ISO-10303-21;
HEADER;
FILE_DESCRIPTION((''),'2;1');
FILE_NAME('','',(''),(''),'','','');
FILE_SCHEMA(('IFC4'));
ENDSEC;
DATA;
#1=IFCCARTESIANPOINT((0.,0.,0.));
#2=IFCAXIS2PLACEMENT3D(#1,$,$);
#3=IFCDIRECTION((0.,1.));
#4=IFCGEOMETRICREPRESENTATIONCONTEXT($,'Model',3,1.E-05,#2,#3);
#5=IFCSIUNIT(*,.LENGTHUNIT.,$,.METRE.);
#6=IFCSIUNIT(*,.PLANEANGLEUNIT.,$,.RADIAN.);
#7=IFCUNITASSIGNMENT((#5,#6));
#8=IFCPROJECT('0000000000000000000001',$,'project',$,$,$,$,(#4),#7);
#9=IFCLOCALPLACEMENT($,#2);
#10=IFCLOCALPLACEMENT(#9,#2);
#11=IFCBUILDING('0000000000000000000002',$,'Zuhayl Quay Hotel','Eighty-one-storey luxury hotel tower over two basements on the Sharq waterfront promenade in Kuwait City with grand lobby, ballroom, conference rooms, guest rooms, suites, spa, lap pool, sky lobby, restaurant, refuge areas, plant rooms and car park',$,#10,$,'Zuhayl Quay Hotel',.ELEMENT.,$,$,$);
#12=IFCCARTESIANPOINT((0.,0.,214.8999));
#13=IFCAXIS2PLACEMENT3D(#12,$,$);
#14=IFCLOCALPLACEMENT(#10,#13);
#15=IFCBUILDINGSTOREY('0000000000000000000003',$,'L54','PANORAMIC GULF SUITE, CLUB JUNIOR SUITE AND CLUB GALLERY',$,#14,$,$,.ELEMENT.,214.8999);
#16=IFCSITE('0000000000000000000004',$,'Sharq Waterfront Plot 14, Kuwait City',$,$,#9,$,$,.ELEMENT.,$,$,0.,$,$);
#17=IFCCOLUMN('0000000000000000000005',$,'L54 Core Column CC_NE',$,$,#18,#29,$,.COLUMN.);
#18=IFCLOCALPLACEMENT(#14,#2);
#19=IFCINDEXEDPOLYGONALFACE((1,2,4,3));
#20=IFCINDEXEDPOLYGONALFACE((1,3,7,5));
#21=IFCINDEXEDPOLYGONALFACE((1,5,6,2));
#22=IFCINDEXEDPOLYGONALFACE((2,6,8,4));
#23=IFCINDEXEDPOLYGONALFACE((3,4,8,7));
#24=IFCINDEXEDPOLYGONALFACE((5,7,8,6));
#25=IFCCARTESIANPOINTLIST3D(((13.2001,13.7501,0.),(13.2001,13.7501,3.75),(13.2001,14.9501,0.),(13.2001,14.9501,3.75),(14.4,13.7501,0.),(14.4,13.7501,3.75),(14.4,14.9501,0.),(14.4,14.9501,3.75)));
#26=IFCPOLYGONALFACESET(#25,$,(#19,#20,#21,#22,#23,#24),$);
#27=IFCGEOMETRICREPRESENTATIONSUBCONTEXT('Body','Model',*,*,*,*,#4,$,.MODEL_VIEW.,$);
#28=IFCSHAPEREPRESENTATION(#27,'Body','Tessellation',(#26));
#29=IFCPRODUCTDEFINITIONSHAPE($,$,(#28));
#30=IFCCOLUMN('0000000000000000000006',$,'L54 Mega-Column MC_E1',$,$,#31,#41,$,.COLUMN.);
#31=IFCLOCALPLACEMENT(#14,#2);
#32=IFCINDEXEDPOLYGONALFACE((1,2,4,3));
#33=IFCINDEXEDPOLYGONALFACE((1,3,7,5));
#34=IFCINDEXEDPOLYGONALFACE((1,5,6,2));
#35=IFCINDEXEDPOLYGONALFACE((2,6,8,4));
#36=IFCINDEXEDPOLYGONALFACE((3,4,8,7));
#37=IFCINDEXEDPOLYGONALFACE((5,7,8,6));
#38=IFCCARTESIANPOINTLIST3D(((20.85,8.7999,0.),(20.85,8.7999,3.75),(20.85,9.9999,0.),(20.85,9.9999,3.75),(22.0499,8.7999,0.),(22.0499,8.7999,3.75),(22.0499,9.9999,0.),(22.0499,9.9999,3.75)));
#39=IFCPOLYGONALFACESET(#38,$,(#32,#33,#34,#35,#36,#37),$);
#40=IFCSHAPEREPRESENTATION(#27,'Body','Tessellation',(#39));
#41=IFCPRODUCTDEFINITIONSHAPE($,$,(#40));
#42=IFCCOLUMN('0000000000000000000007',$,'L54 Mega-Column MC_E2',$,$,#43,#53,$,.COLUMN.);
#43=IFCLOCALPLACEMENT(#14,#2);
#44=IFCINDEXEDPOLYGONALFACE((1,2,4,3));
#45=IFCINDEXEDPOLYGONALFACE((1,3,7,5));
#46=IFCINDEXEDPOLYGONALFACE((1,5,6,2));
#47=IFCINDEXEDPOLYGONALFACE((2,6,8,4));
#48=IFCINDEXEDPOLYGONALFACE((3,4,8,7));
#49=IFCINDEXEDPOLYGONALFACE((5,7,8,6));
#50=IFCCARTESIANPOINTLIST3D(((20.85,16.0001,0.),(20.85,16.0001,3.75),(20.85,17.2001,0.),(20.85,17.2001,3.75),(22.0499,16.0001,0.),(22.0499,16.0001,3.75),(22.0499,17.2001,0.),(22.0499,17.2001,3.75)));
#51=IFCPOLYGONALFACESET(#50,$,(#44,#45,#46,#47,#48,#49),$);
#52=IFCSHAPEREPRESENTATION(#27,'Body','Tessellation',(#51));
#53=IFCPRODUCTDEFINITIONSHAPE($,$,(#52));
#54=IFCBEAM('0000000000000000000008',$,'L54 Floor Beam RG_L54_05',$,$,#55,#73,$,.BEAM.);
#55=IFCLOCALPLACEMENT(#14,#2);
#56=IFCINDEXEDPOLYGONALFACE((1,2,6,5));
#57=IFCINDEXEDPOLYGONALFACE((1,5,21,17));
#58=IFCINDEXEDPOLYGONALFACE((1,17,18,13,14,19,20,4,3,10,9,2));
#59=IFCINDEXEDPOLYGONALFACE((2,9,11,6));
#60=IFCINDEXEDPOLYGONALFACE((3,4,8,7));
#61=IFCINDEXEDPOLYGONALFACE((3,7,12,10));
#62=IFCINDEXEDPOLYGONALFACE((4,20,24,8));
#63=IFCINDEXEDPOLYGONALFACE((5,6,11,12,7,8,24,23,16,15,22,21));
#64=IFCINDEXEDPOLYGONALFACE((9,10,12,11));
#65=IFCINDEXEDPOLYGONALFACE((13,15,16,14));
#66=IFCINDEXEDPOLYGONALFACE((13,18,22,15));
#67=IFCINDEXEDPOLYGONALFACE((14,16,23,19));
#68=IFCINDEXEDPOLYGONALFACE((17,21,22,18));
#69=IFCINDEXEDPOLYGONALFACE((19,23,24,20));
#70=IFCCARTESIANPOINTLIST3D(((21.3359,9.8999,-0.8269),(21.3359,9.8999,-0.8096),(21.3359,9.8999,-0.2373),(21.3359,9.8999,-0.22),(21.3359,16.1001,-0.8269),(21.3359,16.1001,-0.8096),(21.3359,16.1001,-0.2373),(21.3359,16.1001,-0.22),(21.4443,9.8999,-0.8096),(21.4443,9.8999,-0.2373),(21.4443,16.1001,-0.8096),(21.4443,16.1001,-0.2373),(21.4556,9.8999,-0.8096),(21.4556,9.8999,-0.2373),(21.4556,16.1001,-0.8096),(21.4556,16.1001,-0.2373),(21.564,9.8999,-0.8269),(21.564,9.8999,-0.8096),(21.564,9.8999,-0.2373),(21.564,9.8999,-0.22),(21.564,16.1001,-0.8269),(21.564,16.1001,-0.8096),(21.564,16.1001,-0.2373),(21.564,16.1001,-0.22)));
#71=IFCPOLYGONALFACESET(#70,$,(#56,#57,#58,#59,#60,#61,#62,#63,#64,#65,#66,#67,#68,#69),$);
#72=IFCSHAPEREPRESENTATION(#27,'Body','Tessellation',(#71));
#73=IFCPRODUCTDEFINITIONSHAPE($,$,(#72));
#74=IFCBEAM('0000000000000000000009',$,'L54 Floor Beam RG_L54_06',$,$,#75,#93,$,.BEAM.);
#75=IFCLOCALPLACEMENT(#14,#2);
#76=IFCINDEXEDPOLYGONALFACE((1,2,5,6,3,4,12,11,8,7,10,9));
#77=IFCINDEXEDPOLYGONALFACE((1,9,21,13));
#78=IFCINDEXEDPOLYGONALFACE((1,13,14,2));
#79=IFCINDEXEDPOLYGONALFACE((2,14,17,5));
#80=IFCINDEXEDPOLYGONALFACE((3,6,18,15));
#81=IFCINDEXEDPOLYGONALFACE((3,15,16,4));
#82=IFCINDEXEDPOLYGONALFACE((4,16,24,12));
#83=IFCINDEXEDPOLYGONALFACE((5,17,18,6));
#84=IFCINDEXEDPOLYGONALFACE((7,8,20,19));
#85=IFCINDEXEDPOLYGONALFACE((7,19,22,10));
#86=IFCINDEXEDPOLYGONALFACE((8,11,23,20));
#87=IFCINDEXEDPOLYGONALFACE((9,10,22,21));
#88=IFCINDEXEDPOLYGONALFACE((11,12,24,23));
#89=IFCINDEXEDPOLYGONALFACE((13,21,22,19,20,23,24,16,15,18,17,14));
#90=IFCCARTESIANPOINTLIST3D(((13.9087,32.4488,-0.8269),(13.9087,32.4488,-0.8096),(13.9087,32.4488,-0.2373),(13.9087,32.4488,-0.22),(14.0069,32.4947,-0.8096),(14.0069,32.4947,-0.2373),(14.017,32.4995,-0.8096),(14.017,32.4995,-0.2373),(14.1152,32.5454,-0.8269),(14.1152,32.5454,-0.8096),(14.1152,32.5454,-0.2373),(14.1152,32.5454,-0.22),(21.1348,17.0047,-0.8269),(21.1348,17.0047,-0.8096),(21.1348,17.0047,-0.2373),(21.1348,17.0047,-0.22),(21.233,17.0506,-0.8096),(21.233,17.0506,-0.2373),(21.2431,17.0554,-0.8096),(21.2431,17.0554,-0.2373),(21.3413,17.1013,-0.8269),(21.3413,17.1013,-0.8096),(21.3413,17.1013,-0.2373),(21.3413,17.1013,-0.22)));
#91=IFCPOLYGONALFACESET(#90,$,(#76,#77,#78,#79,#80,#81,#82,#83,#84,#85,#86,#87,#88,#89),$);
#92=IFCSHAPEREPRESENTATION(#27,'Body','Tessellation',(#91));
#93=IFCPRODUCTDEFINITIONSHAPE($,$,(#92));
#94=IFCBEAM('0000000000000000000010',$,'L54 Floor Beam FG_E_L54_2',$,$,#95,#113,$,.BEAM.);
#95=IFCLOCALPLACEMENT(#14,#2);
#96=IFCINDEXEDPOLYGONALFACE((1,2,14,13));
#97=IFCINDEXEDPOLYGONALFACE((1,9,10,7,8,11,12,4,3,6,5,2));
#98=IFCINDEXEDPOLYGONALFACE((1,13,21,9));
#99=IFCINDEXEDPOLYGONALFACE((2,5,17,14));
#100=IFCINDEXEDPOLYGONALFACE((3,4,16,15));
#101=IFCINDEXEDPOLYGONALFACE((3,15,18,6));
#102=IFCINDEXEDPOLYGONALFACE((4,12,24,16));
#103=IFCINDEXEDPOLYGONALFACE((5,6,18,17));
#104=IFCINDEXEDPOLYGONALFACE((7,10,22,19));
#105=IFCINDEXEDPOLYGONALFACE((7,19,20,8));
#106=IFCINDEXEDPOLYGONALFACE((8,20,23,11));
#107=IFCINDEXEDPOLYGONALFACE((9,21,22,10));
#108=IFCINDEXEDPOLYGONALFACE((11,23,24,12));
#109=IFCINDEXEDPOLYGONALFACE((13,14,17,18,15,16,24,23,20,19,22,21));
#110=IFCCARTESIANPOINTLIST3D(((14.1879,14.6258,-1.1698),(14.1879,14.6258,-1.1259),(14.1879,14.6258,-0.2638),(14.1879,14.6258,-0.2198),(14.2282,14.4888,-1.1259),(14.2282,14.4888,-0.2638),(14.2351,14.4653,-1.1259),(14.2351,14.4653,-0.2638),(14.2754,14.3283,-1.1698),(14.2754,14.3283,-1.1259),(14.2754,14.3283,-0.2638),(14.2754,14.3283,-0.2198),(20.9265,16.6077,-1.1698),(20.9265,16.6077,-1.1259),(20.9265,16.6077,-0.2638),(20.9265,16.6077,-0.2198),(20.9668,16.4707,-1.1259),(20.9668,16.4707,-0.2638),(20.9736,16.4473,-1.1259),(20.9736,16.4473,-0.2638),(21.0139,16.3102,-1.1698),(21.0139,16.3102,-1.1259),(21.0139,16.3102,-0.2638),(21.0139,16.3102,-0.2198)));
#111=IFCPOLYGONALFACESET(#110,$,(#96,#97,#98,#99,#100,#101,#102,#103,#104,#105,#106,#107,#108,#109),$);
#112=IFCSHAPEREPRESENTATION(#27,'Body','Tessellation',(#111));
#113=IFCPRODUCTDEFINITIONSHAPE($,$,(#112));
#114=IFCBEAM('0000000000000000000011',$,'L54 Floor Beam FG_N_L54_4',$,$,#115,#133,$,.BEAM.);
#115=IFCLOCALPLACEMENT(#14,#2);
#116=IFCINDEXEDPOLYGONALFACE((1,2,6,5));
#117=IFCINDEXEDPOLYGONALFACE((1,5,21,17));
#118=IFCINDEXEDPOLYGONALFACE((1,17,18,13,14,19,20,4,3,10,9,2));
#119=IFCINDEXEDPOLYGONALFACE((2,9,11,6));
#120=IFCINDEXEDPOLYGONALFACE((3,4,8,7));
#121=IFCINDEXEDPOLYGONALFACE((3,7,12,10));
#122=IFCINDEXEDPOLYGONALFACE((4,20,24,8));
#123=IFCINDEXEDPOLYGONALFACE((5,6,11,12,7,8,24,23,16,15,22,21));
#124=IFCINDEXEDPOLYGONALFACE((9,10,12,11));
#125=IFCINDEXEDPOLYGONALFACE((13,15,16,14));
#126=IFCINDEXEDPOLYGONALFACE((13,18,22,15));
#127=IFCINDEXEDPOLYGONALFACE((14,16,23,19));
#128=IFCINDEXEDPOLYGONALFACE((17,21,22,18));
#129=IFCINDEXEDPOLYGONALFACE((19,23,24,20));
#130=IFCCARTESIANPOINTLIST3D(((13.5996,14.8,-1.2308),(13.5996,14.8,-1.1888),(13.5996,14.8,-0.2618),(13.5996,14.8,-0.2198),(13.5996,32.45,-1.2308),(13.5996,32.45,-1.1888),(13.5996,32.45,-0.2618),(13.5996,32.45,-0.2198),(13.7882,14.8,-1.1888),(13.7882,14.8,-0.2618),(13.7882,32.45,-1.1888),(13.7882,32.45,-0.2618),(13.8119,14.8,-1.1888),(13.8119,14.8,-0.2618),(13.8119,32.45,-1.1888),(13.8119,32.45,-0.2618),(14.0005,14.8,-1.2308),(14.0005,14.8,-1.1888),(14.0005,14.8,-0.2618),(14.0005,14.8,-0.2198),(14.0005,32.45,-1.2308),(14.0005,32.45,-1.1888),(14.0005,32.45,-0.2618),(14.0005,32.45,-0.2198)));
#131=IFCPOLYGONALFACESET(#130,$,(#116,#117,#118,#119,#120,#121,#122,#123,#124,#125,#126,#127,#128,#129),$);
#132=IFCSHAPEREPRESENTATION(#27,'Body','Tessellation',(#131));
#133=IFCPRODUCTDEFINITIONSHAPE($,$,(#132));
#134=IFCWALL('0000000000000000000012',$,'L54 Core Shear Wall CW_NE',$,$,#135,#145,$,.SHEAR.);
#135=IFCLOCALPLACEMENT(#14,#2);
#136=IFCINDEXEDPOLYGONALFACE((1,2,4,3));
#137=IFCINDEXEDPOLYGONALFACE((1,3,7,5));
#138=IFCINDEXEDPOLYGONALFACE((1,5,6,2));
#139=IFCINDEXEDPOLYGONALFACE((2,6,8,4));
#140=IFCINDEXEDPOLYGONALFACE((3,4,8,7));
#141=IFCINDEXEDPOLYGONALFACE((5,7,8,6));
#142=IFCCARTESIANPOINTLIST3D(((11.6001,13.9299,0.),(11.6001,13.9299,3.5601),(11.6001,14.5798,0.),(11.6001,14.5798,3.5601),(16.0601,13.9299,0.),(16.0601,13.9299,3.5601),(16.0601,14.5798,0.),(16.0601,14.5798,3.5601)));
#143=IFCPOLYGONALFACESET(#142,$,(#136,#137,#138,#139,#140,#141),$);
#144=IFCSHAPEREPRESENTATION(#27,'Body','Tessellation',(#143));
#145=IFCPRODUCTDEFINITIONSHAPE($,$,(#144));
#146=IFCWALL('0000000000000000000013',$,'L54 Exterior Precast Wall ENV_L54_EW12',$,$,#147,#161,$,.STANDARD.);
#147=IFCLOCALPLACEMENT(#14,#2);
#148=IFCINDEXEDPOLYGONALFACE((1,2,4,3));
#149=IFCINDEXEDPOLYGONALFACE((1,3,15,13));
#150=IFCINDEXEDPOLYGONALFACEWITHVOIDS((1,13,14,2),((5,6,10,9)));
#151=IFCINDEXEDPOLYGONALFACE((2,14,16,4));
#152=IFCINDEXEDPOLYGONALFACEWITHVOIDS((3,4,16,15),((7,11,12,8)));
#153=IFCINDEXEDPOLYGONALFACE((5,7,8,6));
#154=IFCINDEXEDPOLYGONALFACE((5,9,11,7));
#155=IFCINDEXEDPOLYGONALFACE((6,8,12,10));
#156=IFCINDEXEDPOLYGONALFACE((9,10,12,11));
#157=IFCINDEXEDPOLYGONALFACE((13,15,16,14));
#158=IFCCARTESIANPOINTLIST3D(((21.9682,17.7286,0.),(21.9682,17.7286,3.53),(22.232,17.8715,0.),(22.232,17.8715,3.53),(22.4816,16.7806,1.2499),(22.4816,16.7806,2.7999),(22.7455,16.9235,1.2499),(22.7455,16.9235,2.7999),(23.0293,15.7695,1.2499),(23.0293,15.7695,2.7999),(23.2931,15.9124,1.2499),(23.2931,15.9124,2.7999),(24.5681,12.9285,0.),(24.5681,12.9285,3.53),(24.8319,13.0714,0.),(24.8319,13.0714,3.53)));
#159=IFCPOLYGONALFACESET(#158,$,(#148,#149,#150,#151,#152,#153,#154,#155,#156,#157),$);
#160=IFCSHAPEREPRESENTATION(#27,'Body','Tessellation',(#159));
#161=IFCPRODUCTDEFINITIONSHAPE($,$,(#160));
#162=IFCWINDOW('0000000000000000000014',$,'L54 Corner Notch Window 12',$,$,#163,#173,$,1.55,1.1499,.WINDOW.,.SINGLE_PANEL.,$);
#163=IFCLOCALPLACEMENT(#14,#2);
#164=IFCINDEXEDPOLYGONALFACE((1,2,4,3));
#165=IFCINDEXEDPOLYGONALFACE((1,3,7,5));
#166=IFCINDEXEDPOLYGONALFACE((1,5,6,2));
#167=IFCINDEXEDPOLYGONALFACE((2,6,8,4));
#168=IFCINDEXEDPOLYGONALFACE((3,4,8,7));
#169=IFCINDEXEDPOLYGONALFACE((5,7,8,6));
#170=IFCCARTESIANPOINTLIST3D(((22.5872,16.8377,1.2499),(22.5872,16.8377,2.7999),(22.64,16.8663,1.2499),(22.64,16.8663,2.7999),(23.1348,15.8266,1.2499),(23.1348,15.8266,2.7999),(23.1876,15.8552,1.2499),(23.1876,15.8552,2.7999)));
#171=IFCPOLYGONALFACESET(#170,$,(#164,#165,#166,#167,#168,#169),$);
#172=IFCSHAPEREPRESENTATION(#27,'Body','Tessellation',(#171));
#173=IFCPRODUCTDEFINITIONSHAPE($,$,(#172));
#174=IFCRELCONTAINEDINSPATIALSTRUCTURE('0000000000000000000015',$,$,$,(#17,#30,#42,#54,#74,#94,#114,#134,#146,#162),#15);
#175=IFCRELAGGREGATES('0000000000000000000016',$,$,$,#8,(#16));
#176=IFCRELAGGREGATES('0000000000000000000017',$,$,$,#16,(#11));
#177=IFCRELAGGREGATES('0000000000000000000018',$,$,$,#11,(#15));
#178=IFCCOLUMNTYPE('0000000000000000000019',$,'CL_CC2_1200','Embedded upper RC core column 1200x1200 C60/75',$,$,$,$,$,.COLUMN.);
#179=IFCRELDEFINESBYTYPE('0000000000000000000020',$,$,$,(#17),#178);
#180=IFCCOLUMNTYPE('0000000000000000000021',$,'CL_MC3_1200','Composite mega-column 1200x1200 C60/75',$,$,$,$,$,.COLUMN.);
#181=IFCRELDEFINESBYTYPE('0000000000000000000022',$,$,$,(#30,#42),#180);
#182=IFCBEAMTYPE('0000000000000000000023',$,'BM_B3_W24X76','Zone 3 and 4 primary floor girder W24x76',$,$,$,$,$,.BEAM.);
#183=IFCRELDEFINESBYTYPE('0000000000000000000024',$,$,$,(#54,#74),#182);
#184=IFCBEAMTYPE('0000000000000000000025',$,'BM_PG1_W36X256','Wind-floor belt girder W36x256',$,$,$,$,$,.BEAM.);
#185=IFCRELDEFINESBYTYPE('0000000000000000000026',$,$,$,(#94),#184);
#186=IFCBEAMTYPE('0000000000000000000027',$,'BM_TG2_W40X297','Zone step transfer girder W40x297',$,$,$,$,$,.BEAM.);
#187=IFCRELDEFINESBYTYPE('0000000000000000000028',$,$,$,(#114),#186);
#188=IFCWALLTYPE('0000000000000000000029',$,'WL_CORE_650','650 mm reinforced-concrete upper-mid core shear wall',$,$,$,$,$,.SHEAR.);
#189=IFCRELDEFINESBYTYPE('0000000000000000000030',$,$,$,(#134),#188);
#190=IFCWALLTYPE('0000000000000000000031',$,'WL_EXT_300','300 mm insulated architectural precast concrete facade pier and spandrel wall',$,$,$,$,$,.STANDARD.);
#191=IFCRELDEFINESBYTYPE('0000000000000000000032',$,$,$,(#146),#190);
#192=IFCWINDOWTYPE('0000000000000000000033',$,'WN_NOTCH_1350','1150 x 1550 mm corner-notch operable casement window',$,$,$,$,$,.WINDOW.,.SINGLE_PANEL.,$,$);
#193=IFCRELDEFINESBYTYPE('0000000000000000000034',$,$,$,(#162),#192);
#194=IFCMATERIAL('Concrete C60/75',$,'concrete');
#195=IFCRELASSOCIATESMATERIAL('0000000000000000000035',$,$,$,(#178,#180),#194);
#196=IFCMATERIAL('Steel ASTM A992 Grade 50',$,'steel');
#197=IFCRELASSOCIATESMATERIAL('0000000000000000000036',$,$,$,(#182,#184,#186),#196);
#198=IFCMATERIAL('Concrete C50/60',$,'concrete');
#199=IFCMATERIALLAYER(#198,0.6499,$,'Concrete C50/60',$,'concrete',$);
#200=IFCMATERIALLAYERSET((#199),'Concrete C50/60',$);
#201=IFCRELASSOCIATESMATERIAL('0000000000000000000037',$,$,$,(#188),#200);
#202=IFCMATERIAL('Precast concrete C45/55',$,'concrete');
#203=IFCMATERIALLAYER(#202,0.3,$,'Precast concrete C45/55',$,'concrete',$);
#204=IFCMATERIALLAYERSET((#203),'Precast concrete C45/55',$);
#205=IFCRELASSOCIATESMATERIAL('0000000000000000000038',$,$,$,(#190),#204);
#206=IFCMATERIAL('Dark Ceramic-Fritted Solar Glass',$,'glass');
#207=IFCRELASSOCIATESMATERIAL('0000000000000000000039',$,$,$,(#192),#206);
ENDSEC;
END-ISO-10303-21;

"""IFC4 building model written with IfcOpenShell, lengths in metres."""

from ifc_helpers import new_model, si_unit, direction, frame, frame_2d, origin, origin_2d, place, context, subcontext, project, spatial, rectangle, i_section, extrude, material, layer, layer_set, material_profile, profile_set, type_object, element, fill, save


model = new_model("IFC4")

# Units and contexts
model_context = context("Model", 3, precision=1e-05, world=origin(), true_north=direction((0.0, 1.0)))
body_context = subcontext(model_context, "Body", "Model", "MODEL_VIEW")
ifc_project = project(units=[si_unit("LENGTHUNIT", "METRE"), si_unit("PLANEANGLEUNIT", "RADIAN")], contexts=[model_context])

# Site, building, storey
site_placement = place(None, origin())
site = spatial("IfcSite", under=ifc_project, at=site_placement, Name="Sharq Waterfront Plot 14, Kuwait City", CompositionType="ELEMENT", RefElevation=0.0)
building_placement = place(site_placement, origin())
building = spatial("IfcBuilding", under=site, at=building_placement, Name="Zuhayl Quay Hotel", Description="Eighty-one-storey luxury hotel tower over two basements on the Sharq waterfront promenade in Kuwait City with grand lobby, ballroom, conference rooms, guest rooms, suites, spa, lap pool, sky lobby, restaurant, refuge areas, plant rooms and car park", LongName="Zuhayl Quay Hotel", CompositionType="ELEMENT")
storey_placement = place(building_placement, frame((0.0, 0.0, 214.8999)))
storey = spatial("IfcBuildingStorey", under=building, at=storey_placement, Name="L54", Description="PANORAMIC GULF SUITE, CLUB JUNIOR SUITE AND CLUB GALLERY", CompositionType="ELEMENT", Elevation=214.8999)

# Columns
ifc_material_1 = material(Name="Concrete C60/75", Category="concrete")
ifc_material_profile_1 = material_profile(ifc_material_1, rectangle(XDim=1.2, YDim=1.2, at=origin_2d()), Name="RC1200X1200")
ifc_profile_set_1 = profile_set([ifc_material_profile_1], Name="Concrete C60/75")
column_type_1 = type_object("IfcColumnType", Name="CL_CC2_1200", Description="Embedded upper RC core column 1200x1200 C60/75", PredefinedType="COLUMN", material=ifc_profile_set_1)
column_placement = place(storey_placement, frame((13.8, 14.3501, 0.0), z_axis=(0.0, 0.0, 1.0), x_axis=(1.0, 0.0, 0.0)))
element("IfcColumn", 1, at=column_placement, inside=storey, type_object=column_type_1, Name="L54 Core Column CC_NE", PredefinedType="COLUMN", context=body_context, shape_type="SweptSolid", body=[
    extrude(rectangle(XDim=1.2, YDim=1.2, at=origin_2d()), origin(), (0.0, 0.0, 1.0), 3.75),
])
ifc_material_profile_2 = material_profile(ifc_material_1, rectangle(XDim=1.2, YDim=1.2, at=origin_2d()), Name="RC1200X1200")
ifc_profile_set_2 = profile_set([ifc_material_profile_2], Name="Concrete C60/75")
column_type_2 = type_object("IfcColumnType", Name="CL_MC3_1200", Description="Composite mega-column 1200x1200 C60/75", PredefinedType="COLUMN", material=ifc_profile_set_2)
for number, where, z_axis, x_axis, name in (
    (2, (21.45, 9.3999, 0.0), (0.0, 0.0, 1.0), (1.0, 0.0, 0.0), "L54 Mega-Column MC_E1"),
    (3, (21.45, 16.6001, 0.0), (0.0, 0.0, 1.0), (1.0, 0.0, 0.0), "L54 Mega-Column MC_E2"),
):
    element("IfcColumn", number, at=place(storey_placement, frame(where, z_axis=z_axis, x_axis=x_axis)), inside=storey, type_object=column_type_2, Name=name, PredefinedType="COLUMN", context=body_context, shape_type="SweptSolid", body=[
        extrude(rectangle(XDim=1.2, YDim=1.2, at=origin_2d()), origin(), (0.0, 0.0, 1.0), 3.75),
    ])

# Beams
ifc_material_2 = material(Name="Steel ASTM A992 Grade 50", Category="steel")
ifc_material_profile_3 = material_profile(ifc_material_2, i_section(OverallWidth=0.228, OverallDepth=0.6069, WebThickness=0.0112, FlangeThickness=0.0173, at=origin_2d()), Name="W24X76")
ifc_profile_set_3 = profile_set([ifc_material_profile_3], Name="Steel ASTM A992 Grade 50")
beam_type_1 = type_object("IfcBeamType", Name="BM_B3_W24X76", Description="Zone 3 and 4 primary floor girder W24x76", PredefinedType="BEAM", material=ifc_profile_set_3)
beam_1_placement = place(storey_placement, frame((21.45, 9.8999, -0.5234), z_axis=(0.0, 1.0, 0.0), x_axis=(-1.0, 0.0, 0.0)))
element("IfcBeam", 4, at=beam_1_placement, inside=storey, type_object=beam_type_1, Name="L54 Floor Beam RG_L54_05", PredefinedType="BEAM", context=body_context, shape_type="SweptSolid", body=[
    extrude(i_section(OverallWidth=0.228, OverallDepth=0.6069, WebThickness=0.0112, FlangeThickness=0.0173, at=origin_2d()), origin(), (0.0, 0.0, 1.0), 6.2002),
])
beam_2_placement = place(storey_placement, frame((21.238, 17.053, -0.5234), z_axis=(-0.423792, 0.905759, 0.0), x_axis=(-0.905759, -0.423792, 0.0)))
element("IfcBeam", 5, at=beam_2_placement, inside=storey, type_object=beam_type_1, Name="L54 Floor Beam RG_L54_06", PredefinedType="BEAM", context=body_context, shape_type="SweptSolid", body=[
    extrude(i_section(OverallWidth=0.228, OverallDepth=0.6069, WebThickness=0.0112, FlangeThickness=0.0173, at=origin_2d()), origin(), (0.0, 0.0, 1.0), 17.051),
])
ifc_material_profile_4 = material_profile(ifc_material_2, i_section(OverallWidth=0.3101, OverallDepth=0.95, WebThickness=0.0244, FlangeThickness=0.0439, at=origin_2d()), Name="W36X256")
ifc_profile_set_4 = profile_set([ifc_material_profile_4], Name="Steel ASTM A992 Grade 50")
beam_type_2 = type_object("IfcBeamType", Name="BM_PG1_W36X256", Description="Wind-floor belt girder W36x256", PredefinedType="BEAM", material=ifc_profile_set_4)
beam_3_placement = place(storey_placement, frame((14.2317, 14.4771, -0.6948), z_axis=(0.959365, 0.282168, 0.0), x_axis=(-0.282168, 0.959365, 0.0)))
element("IfcBeam", 6, at=beam_3_placement, inside=storey, type_object=beam_type_2, Name="L54 Floor Beam FG_E_L54_2", PredefinedType="BEAM", context=body_context, shape_type="SweptSolid", body=[
    extrude(i_section(OverallWidth=0.3101, OverallDepth=0.95, WebThickness=0.0244, FlangeThickness=0.0439, at=origin_2d()), origin(), (0.0, 0.0, 1.0), 7.0239),
])
ifc_material_profile_5 = material_profile(ifc_material_2, i_section(OverallWidth=0.4009, OverallDepth=1.011, WebThickness=0.0237, FlangeThickness=0.042, at=origin_2d()), Name="W40X297")
ifc_profile_set_5 = profile_set([ifc_material_profile_5], Name="Steel ASTM A992 Grade 50")
beam_type_3 = type_object("IfcBeamType", Name="BM_TG2_W40X297", Description="Zone step transfer girder W40x297", PredefinedType="BEAM", material=ifc_profile_set_5)
beam_4_placement = place(storey_placement, frame((13.8, 14.8, -0.7253), z_axis=(0.0, 1.0, 0.0), x_axis=(-1.0, 0.0, 0.0)))
element("IfcBeam", 7, at=beam_4_placement, inside=storey, type_object=beam_type_3, Name="L54 Floor Beam FG_N_L54_4", PredefinedType="BEAM", context=body_context, shape_type="SweptSolid", body=[
    extrude(i_section(OverallWidth=0.4009, OverallDepth=1.011, WebThickness=0.0237, FlangeThickness=0.042, at=origin_2d()), origin(), (0.0, 0.0, 1.0), 17.6499),
])

# Wall
ifc_material_3 = material(Name="Concrete C50/60", Category="concrete")
ifc_layer_1 = layer(ifc_material_3, 0.6499, Name="Concrete C50/60", Category="concrete")
ifc_layer_set_1 = layer_set([ifc_layer_1], Name="Concrete C50/60")
wall_type_1 = type_object("IfcWallType", Name="WL_CORE_650", Description="650 mm reinforced-concrete upper-mid core shear wall", PredefinedType="SHEAR", material=ifc_layer_set_1)
wall_1_placement = place(storey_placement, frame((11.6001, 14.2549, 0.0), z_axis=(0.0, 0.0, 1.0), x_axis=(1.0, 0.0, 0.0)))
element("IfcWall", 8, at=wall_1_placement, inside=storey, type_object=wall_type_1, Name="L54 Core Shear Wall CW_NE", PredefinedType="SHEAR", context=body_context, shape_type="SweptSolid", body=[
    extrude(rectangle(XDim=4.46, YDim=0.6499, at=frame_2d((2.23, 0.0))), origin(), (0.0, 0.0, 1.0), 3.5601),
])

# Wall, opening, window
ifc_material_4 = material(Name="Precast concrete C45/55", Category="concrete")
ifc_layer_2 = layer(ifc_material_4, 0.3, Name="Precast concrete C45/55", Category="concrete")
ifc_layer_set_2 = layer_set([ifc_layer_2], Name="Precast concrete C45/55")
wall_type_2 = type_object("IfcWallType", Name="WL_EXT_300", Description="300 mm insulated architectural precast concrete facade pier and spandrel wall", PredefinedType="STANDARD", material=ifc_layer_set_2)
wall_2_placement = place(storey_placement, frame((22.1001, 17.8, 0.0), z_axis=(0.0, 0.0, 1.0), x_axis=(0.476259, -0.879305, 0.0)))
wall_2 = element("IfcWall", 9, at=wall_2_placement, inside=storey, type_object=wall_type_2, Name="L54 Exterior Precast Wall ENV_L54_EW12", PredefinedType="STANDARD", context=body_context, shape_type="SweptSolid", body=[
    extrude(rectangle(XDim=5.459, YDim=0.3, at=frame_2d((2.7295, 0.0))), origin(), (0.0, 0.0, 1.0), 3.53),
])
opening_1_placement = place(wall_2_placement, frame((1.0781, 0.0, 1.25)))
opening_1 = element("IfcOpeningElement", 10, at=opening_1_placement, cuts=wall_2, PredefinedType="OPENING", context=body_context, shape_type="SweptSolid", body=[
    extrude(rectangle(XDim=1.1499, YDim=1.55, at=frame_2d((0.575, 0.7749))), frame((0.0, 0.1599, 0.0), z_axis=(0.0, -1.0, 0.0), x_axis=(1.0, 0.0, 0.0)), (0.0, 0.0, 1.0), 0.3201),
])
ifc_material_5 = material(Name="Dark Ceramic-Fritted Solar Glass", Category="glass")
window_type = type_object("IfcWindowType", Name="WN_NOTCH_1350", Description="1150 x 1550 mm corner-notch operable casement window", PartitioningType="SINGLE_PANEL", PredefinedType="WINDOW", material=ifc_material_5)
window_1_placement = place(opening_1_placement, origin())
window_1 = element("IfcWindow", 11, at=window_1_placement, inside=storey, type_object=window_type, Name="L54 Corner Notch Window 12", OverallHeight=1.55, OverallWidth=1.1499, PartitioningType="SINGLE_PANEL", PredefinedType="WINDOW", context=body_context, shape_type="SweptSolid", body=[
    extrude(rectangle(XDim=1.1499, YDim=1.55, at=frame_2d((0.575, 0.7749))), frame((0.0, 0.03, 0.0), z_axis=(0.0, -1.0, 0.0), x_axis=(1.0, 0.0, 0.0)), (0.0, 0.0, 1.0), 0.0601),
])
fill(opening_1, window_1)

save(model, "model.ifc")
